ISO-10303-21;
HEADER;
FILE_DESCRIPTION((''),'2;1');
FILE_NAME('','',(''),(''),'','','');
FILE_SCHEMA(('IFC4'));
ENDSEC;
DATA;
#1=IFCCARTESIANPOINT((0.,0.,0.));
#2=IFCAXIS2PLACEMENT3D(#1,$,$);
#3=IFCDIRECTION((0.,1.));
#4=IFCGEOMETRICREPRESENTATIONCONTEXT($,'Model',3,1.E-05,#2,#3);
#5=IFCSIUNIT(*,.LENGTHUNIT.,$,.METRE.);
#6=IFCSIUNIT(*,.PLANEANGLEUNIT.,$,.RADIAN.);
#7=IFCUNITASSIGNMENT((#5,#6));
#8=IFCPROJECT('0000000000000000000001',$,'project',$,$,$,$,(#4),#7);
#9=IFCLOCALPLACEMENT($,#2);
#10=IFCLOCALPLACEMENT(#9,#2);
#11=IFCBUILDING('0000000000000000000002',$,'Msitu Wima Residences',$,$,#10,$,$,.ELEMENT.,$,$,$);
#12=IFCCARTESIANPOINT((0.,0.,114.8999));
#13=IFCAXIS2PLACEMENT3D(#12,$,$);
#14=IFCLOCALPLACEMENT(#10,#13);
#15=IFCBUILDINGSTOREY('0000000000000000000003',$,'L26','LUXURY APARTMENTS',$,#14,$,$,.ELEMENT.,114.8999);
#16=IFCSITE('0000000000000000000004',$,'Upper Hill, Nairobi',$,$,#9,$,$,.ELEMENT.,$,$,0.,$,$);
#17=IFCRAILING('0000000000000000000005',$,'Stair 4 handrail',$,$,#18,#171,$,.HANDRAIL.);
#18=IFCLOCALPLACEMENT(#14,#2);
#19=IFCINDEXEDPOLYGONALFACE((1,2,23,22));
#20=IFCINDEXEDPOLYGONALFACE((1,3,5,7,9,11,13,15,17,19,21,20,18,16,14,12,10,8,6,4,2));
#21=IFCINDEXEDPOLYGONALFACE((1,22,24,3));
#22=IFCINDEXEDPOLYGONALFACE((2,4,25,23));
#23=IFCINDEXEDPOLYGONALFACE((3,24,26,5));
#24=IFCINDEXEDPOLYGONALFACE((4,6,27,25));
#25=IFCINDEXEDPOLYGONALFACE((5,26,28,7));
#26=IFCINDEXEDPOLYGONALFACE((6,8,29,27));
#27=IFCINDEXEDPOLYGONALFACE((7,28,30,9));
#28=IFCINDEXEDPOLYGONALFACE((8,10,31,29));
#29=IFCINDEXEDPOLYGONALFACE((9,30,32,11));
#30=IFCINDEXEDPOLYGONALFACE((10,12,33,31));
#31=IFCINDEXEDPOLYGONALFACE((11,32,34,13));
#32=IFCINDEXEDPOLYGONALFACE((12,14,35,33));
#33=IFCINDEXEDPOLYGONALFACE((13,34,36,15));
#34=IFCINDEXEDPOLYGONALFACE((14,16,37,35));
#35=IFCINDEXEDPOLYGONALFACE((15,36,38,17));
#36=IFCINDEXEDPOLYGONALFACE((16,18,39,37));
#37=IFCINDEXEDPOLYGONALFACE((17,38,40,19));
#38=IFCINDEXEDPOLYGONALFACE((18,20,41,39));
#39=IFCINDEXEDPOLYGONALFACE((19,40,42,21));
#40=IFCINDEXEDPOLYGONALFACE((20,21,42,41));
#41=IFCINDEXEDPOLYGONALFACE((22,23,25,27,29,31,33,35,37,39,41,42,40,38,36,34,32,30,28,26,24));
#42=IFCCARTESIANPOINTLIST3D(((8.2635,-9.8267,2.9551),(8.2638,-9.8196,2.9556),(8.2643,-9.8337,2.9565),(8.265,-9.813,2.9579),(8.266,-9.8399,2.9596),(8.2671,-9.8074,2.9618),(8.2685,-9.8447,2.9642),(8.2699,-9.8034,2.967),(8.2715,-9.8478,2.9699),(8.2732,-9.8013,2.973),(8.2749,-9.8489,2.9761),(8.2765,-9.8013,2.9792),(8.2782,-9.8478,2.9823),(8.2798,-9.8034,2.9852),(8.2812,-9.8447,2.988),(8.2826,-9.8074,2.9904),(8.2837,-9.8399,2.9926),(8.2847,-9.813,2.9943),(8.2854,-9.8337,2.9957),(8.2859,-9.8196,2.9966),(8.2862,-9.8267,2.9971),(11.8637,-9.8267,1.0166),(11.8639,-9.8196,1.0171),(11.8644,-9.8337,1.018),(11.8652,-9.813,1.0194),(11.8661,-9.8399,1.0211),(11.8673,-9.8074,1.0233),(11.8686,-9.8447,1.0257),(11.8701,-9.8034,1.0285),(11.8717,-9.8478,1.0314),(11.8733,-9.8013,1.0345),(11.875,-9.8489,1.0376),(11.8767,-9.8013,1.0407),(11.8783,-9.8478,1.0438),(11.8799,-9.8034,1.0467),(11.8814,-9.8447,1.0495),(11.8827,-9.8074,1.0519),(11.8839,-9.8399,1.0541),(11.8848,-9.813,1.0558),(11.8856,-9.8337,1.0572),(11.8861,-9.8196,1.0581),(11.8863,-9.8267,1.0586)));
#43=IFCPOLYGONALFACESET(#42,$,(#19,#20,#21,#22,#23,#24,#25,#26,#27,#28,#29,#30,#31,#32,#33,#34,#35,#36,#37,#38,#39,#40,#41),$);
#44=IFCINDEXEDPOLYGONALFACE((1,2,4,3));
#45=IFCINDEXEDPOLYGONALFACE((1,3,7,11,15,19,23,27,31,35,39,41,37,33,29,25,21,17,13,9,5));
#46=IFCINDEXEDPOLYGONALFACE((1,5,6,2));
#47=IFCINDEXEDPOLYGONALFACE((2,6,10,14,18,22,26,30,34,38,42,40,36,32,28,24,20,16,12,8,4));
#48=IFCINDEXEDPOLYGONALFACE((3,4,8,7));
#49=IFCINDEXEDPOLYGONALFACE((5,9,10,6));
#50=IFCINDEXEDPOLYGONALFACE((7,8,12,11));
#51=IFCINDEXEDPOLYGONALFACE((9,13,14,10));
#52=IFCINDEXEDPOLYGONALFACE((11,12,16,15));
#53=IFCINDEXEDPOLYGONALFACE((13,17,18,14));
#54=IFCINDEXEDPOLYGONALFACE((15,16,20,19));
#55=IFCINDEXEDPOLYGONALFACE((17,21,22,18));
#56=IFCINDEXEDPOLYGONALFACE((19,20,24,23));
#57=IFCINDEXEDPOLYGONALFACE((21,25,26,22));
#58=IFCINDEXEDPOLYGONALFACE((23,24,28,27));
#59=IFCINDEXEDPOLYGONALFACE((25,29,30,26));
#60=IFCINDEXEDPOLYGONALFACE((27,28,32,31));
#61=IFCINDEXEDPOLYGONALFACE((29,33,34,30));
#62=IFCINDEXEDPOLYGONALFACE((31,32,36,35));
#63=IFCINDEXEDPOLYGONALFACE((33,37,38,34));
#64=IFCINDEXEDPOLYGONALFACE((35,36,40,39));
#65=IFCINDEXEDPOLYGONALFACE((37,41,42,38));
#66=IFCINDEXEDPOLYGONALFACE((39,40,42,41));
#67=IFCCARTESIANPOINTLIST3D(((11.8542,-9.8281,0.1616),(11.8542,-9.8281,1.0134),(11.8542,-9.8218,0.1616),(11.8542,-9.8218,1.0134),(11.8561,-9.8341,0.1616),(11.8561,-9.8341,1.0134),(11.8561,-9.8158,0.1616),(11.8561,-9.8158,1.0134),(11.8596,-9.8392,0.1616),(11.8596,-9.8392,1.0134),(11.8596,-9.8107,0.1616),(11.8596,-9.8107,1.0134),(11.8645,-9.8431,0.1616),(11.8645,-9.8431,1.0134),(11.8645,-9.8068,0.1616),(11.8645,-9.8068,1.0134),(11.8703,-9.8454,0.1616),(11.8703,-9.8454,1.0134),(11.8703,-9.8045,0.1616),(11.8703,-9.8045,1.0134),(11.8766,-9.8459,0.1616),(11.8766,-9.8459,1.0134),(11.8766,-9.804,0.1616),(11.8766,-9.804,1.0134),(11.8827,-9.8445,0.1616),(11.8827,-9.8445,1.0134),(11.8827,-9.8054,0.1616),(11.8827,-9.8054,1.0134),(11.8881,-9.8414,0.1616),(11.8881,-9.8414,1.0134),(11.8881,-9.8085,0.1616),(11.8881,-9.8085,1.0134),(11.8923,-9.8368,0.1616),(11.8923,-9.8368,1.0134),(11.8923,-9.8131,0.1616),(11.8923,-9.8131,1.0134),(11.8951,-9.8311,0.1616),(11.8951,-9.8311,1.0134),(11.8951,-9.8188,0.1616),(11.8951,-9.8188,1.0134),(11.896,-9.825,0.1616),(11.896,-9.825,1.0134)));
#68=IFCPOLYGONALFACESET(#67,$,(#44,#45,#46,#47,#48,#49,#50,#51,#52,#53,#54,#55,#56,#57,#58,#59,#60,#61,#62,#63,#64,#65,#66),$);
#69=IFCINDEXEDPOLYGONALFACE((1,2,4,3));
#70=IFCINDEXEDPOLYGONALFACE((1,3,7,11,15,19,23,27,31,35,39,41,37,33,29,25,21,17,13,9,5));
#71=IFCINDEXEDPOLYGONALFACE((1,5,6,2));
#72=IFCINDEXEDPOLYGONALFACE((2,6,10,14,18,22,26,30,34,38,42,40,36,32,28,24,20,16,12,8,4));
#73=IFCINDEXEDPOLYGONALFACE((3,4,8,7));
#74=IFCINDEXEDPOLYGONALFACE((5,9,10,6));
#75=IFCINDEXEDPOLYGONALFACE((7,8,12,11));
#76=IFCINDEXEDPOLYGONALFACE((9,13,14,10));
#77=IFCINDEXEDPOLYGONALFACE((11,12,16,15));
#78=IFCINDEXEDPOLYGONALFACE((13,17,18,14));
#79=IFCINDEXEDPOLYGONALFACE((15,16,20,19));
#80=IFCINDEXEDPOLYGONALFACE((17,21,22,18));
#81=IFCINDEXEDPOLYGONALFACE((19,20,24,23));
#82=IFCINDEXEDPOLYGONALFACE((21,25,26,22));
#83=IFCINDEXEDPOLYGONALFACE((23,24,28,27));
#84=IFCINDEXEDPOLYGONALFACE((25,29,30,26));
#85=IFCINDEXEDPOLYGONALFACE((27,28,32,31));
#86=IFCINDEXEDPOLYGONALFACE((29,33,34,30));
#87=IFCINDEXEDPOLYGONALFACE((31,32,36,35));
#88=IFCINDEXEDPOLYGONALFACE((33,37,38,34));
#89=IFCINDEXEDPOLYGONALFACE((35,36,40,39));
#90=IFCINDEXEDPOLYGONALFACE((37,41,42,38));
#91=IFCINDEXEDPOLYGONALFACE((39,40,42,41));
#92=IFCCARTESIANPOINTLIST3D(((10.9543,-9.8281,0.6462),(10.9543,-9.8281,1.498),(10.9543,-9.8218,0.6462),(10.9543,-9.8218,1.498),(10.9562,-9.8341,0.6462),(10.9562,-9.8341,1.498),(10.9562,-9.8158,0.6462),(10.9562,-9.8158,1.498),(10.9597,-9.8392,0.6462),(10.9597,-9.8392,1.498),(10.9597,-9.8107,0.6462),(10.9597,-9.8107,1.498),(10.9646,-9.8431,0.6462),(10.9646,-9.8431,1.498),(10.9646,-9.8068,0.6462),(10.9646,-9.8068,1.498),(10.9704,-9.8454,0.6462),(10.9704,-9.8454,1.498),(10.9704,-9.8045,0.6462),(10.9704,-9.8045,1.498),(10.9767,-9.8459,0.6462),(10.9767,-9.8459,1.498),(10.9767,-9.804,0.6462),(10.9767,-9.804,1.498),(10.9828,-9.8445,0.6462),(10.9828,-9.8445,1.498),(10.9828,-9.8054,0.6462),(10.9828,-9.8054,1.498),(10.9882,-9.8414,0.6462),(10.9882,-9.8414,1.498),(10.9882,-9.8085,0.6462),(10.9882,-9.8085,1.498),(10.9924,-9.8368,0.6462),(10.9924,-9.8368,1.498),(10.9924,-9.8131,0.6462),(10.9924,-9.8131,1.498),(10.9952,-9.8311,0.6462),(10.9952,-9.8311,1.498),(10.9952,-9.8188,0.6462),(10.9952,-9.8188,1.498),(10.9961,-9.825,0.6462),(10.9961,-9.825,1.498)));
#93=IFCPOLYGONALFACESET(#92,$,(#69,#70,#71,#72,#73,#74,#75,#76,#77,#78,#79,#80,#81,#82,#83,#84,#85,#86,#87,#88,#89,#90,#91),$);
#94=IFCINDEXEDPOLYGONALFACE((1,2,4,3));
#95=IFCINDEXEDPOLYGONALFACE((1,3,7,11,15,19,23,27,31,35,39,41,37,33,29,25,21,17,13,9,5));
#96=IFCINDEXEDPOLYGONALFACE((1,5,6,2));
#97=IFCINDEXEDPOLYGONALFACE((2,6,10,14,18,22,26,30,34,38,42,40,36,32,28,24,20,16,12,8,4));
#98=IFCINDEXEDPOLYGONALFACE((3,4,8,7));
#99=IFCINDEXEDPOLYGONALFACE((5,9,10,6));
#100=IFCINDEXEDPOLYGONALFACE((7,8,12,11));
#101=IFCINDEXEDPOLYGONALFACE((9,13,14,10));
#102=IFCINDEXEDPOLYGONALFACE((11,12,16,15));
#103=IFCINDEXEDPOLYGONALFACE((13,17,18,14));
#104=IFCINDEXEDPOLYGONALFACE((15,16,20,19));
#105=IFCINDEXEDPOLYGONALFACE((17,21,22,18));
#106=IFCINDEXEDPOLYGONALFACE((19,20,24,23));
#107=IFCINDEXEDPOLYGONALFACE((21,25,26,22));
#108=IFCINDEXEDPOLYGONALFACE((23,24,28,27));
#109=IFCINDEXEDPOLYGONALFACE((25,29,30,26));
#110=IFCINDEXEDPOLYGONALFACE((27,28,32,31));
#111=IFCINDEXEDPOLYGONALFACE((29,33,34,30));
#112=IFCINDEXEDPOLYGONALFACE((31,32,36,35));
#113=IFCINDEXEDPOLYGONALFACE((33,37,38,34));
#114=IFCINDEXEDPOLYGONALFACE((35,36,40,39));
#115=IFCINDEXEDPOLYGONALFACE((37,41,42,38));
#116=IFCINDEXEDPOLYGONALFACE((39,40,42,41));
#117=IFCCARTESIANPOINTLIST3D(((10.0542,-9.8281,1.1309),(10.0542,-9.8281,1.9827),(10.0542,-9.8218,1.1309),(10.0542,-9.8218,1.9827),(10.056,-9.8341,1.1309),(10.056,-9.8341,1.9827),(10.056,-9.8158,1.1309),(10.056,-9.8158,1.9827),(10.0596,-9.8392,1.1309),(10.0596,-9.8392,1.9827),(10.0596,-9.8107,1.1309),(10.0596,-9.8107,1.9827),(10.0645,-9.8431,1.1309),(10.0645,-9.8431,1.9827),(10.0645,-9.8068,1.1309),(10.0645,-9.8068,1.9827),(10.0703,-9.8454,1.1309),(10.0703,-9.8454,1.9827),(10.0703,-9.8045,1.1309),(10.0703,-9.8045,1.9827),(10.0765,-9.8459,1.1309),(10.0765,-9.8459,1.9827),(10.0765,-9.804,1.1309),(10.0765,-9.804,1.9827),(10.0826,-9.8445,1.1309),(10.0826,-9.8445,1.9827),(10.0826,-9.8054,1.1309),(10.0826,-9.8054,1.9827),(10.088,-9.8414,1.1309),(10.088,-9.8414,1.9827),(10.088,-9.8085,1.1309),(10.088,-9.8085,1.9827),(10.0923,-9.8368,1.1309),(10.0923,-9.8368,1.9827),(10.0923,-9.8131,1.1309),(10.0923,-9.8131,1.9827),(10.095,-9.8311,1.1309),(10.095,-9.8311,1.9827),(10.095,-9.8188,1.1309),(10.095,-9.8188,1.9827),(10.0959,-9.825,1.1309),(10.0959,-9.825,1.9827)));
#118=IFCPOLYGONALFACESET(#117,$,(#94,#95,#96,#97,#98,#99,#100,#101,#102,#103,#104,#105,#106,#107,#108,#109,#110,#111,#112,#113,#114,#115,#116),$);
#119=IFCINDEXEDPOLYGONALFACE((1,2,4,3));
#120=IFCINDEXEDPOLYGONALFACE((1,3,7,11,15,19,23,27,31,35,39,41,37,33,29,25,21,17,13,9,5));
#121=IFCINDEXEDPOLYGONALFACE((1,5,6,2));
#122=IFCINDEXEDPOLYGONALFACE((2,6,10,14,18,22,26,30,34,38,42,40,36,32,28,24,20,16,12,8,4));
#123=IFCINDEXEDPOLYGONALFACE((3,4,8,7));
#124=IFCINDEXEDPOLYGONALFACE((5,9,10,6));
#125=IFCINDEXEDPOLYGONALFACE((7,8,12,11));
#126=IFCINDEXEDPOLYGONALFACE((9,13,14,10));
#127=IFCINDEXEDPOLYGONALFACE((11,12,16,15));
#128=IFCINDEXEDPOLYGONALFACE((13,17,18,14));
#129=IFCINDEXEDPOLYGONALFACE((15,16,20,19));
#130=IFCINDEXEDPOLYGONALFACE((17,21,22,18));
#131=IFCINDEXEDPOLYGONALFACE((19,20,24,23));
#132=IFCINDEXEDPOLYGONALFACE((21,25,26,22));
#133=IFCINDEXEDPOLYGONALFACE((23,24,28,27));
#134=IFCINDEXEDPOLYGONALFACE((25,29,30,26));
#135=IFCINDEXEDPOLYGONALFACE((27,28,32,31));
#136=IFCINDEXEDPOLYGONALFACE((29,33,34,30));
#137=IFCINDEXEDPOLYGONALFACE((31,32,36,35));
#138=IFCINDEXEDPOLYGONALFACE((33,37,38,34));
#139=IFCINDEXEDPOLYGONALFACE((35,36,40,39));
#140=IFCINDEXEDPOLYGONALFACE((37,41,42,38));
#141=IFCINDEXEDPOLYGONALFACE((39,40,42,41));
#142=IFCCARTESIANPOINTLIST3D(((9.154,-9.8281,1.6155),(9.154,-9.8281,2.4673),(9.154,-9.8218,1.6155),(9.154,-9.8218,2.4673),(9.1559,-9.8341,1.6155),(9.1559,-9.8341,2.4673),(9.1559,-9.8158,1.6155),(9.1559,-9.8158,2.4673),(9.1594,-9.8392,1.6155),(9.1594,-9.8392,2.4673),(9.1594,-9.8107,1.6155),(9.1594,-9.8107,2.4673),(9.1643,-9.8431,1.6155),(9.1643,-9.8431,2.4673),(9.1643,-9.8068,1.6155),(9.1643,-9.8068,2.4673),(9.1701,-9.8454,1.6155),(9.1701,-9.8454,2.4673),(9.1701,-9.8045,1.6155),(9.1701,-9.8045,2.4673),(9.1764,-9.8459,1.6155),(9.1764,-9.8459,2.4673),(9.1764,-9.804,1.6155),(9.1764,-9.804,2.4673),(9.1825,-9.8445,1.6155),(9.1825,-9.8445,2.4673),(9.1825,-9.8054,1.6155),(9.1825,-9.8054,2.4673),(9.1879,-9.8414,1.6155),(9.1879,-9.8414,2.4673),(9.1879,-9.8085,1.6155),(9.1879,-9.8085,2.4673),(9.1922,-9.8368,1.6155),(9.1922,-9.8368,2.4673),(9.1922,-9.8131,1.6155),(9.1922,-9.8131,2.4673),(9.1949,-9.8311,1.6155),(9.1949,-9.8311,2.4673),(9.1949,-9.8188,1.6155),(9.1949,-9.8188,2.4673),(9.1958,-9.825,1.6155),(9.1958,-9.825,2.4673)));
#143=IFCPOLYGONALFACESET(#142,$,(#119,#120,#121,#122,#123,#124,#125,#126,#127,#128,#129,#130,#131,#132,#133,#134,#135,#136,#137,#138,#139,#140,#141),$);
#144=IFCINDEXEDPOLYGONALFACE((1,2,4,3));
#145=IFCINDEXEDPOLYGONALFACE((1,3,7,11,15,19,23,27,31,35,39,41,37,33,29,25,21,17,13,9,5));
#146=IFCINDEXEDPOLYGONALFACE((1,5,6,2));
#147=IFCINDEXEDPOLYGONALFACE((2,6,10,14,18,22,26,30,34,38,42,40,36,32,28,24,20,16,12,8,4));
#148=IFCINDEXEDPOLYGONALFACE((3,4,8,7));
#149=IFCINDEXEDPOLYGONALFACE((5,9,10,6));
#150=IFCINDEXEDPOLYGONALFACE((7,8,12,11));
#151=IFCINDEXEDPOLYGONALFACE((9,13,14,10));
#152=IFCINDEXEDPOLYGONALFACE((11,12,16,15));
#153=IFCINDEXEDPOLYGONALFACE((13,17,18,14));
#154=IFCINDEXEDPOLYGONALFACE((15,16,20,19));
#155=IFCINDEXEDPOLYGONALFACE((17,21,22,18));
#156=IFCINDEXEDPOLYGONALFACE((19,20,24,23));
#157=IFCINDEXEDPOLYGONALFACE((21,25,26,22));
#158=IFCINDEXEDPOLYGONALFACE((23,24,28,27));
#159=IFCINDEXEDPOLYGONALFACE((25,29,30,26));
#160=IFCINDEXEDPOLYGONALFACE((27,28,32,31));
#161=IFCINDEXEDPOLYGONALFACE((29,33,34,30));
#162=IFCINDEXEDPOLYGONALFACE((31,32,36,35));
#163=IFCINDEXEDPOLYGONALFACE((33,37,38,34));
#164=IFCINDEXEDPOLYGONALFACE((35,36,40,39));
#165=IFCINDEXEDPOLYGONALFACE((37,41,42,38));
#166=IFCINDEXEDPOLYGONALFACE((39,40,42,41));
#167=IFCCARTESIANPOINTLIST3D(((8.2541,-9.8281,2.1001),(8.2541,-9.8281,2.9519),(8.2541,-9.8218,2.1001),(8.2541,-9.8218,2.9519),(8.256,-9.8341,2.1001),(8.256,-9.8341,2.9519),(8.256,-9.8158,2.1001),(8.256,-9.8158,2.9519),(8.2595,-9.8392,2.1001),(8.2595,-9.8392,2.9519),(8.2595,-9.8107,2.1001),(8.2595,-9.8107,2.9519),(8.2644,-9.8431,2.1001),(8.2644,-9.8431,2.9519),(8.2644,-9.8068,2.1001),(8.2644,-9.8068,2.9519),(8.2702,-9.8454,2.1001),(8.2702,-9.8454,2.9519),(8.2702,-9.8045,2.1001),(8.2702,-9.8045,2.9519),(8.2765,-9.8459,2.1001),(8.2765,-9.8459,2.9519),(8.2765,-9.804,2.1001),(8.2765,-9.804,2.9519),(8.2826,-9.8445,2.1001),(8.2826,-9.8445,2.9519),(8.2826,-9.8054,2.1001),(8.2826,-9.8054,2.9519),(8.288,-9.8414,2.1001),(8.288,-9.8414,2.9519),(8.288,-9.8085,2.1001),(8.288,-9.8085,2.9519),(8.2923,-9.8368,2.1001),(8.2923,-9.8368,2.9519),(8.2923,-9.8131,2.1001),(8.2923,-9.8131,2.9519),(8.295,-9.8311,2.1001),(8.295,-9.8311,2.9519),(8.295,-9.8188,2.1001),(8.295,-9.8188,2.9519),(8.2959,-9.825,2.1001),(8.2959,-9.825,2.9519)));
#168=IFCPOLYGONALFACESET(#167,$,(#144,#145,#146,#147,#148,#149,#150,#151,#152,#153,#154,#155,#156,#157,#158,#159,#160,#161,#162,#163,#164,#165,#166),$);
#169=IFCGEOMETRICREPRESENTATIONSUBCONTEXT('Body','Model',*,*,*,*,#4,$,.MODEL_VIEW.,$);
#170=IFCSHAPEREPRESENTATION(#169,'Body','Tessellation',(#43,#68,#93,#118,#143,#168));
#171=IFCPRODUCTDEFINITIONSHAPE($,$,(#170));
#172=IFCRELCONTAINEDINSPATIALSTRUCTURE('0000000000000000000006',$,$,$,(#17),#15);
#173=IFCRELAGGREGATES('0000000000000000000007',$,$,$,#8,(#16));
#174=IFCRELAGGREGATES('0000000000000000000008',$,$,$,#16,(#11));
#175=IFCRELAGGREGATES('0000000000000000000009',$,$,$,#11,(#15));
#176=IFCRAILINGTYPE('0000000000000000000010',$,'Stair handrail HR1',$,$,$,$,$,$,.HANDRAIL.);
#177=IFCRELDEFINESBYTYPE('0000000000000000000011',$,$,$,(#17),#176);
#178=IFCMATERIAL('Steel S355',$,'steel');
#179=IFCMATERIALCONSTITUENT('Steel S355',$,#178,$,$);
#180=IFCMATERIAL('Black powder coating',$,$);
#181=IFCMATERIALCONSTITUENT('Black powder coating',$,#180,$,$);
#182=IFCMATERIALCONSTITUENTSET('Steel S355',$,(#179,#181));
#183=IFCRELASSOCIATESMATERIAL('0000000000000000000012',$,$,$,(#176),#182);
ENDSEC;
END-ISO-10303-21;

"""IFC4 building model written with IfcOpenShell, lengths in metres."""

from ifc_helpers import new_model, si_unit, direction, frame, origin, origin_2d, place, context, subcontext, project, spatial, circle, extrude, material, constituent, constituent_set, type_object, element, save


model = new_model("IFC4")

# Units and contexts
model_context = context("Model", 3, precision=1e-05, world=origin(), true_north=direction((0.0, 1.0)))
body_context = subcontext(model_context, "Body", "Model", "MODEL_VIEW")
ifc_project = project(units=[si_unit("LENGTHUNIT", "METRE"), si_unit("PLANEANGLEUNIT", "RADIAN")], contexts=[model_context])

# Site, building, storey
site_placement = place(None, origin())
site = spatial("IfcSite", under=ifc_project, at=site_placement, Name="Upper Hill, Nairobi", CompositionType="ELEMENT", RefElevation=0.0)
building_placement = place(site_placement, origin())
building = spatial("IfcBuilding", under=site, at=building_placement, Name="Msitu Wima Residences", CompositionType="ELEMENT")
storey_placement = place(building_placement, frame((0.0, 0.0, 114.8999)))
storey = spatial("IfcBuildingStorey", under=building, at=storey_placement, Name="L26", Description="LUXURY APARTMENTS", CompositionType="ELEMENT", Elevation=114.8999)

# Railing
ifc_material_1 = material(Name="Steel S355", Category="steel")
ifc_constituent_1 = constituent(ifc_material_1, Name="Steel S355")
ifc_material_2 = material(Name="Black powder coating")
ifc_constituent_2 = constituent(ifc_material_2, Name="Black powder coating")
ifc_constituent_set = constituent_set(constituents=[ifc_constituent_1, ifc_constituent_2], Name="Steel S355")
railing_type = type_object("IfcRailingType", Name="Stair handrail HR1", PredefinedType="HANDRAIL", material=ifc_constituent_set)
for number, where, name in (
    (1, (11.875, -9.825, 0.1616), "Stair 4 handrail"),
):
    element("IfcRailing", number, at=place(storey_placement, frame(where)), inside=storey, type_object=railing_type, Name=name, PredefinedType="HANDRAIL", context=body_context, shape_type="SweptSolid", body=[
        extrude(circle(Radius=0.0239, at=origin_2d()), frame((0.0, 0.0, 0.876), z_axis=(-0.880475, 0.0, 0.474093), x_axis=(0.0, -1.0, 0.0)), (0.0, 0.0, 1.0), 4.0889),
        extrude(circle(Radius=0.021, at=origin_2d()), origin(), (0.0, 0.0, 1.0), 0.8518),
        extrude(circle(Radius=0.021, at=origin_2d()), frame((-0.8999, 0.0, 0.4846)), (0.0, 0.0, 1.0), 0.8518),
        extrude(circle(Radius=0.021, at=origin_2d()), frame((-1.8, 0.0, 0.9692)), (0.0, 0.0, 1.0), 0.8518),
        extrude(circle(Radius=0.021, at=origin_2d()), frame((-2.7002, 0.0, 1.4539)), (0.0, 0.0, 1.0), 0.8518),
        extrude(circle(Radius=0.021, at=origin_2d()), frame((-3.6001, 0.0, 1.9385)), (0.0, 0.0, 1.0), 0.8518),
    ])

save(model, "model.ifc")
